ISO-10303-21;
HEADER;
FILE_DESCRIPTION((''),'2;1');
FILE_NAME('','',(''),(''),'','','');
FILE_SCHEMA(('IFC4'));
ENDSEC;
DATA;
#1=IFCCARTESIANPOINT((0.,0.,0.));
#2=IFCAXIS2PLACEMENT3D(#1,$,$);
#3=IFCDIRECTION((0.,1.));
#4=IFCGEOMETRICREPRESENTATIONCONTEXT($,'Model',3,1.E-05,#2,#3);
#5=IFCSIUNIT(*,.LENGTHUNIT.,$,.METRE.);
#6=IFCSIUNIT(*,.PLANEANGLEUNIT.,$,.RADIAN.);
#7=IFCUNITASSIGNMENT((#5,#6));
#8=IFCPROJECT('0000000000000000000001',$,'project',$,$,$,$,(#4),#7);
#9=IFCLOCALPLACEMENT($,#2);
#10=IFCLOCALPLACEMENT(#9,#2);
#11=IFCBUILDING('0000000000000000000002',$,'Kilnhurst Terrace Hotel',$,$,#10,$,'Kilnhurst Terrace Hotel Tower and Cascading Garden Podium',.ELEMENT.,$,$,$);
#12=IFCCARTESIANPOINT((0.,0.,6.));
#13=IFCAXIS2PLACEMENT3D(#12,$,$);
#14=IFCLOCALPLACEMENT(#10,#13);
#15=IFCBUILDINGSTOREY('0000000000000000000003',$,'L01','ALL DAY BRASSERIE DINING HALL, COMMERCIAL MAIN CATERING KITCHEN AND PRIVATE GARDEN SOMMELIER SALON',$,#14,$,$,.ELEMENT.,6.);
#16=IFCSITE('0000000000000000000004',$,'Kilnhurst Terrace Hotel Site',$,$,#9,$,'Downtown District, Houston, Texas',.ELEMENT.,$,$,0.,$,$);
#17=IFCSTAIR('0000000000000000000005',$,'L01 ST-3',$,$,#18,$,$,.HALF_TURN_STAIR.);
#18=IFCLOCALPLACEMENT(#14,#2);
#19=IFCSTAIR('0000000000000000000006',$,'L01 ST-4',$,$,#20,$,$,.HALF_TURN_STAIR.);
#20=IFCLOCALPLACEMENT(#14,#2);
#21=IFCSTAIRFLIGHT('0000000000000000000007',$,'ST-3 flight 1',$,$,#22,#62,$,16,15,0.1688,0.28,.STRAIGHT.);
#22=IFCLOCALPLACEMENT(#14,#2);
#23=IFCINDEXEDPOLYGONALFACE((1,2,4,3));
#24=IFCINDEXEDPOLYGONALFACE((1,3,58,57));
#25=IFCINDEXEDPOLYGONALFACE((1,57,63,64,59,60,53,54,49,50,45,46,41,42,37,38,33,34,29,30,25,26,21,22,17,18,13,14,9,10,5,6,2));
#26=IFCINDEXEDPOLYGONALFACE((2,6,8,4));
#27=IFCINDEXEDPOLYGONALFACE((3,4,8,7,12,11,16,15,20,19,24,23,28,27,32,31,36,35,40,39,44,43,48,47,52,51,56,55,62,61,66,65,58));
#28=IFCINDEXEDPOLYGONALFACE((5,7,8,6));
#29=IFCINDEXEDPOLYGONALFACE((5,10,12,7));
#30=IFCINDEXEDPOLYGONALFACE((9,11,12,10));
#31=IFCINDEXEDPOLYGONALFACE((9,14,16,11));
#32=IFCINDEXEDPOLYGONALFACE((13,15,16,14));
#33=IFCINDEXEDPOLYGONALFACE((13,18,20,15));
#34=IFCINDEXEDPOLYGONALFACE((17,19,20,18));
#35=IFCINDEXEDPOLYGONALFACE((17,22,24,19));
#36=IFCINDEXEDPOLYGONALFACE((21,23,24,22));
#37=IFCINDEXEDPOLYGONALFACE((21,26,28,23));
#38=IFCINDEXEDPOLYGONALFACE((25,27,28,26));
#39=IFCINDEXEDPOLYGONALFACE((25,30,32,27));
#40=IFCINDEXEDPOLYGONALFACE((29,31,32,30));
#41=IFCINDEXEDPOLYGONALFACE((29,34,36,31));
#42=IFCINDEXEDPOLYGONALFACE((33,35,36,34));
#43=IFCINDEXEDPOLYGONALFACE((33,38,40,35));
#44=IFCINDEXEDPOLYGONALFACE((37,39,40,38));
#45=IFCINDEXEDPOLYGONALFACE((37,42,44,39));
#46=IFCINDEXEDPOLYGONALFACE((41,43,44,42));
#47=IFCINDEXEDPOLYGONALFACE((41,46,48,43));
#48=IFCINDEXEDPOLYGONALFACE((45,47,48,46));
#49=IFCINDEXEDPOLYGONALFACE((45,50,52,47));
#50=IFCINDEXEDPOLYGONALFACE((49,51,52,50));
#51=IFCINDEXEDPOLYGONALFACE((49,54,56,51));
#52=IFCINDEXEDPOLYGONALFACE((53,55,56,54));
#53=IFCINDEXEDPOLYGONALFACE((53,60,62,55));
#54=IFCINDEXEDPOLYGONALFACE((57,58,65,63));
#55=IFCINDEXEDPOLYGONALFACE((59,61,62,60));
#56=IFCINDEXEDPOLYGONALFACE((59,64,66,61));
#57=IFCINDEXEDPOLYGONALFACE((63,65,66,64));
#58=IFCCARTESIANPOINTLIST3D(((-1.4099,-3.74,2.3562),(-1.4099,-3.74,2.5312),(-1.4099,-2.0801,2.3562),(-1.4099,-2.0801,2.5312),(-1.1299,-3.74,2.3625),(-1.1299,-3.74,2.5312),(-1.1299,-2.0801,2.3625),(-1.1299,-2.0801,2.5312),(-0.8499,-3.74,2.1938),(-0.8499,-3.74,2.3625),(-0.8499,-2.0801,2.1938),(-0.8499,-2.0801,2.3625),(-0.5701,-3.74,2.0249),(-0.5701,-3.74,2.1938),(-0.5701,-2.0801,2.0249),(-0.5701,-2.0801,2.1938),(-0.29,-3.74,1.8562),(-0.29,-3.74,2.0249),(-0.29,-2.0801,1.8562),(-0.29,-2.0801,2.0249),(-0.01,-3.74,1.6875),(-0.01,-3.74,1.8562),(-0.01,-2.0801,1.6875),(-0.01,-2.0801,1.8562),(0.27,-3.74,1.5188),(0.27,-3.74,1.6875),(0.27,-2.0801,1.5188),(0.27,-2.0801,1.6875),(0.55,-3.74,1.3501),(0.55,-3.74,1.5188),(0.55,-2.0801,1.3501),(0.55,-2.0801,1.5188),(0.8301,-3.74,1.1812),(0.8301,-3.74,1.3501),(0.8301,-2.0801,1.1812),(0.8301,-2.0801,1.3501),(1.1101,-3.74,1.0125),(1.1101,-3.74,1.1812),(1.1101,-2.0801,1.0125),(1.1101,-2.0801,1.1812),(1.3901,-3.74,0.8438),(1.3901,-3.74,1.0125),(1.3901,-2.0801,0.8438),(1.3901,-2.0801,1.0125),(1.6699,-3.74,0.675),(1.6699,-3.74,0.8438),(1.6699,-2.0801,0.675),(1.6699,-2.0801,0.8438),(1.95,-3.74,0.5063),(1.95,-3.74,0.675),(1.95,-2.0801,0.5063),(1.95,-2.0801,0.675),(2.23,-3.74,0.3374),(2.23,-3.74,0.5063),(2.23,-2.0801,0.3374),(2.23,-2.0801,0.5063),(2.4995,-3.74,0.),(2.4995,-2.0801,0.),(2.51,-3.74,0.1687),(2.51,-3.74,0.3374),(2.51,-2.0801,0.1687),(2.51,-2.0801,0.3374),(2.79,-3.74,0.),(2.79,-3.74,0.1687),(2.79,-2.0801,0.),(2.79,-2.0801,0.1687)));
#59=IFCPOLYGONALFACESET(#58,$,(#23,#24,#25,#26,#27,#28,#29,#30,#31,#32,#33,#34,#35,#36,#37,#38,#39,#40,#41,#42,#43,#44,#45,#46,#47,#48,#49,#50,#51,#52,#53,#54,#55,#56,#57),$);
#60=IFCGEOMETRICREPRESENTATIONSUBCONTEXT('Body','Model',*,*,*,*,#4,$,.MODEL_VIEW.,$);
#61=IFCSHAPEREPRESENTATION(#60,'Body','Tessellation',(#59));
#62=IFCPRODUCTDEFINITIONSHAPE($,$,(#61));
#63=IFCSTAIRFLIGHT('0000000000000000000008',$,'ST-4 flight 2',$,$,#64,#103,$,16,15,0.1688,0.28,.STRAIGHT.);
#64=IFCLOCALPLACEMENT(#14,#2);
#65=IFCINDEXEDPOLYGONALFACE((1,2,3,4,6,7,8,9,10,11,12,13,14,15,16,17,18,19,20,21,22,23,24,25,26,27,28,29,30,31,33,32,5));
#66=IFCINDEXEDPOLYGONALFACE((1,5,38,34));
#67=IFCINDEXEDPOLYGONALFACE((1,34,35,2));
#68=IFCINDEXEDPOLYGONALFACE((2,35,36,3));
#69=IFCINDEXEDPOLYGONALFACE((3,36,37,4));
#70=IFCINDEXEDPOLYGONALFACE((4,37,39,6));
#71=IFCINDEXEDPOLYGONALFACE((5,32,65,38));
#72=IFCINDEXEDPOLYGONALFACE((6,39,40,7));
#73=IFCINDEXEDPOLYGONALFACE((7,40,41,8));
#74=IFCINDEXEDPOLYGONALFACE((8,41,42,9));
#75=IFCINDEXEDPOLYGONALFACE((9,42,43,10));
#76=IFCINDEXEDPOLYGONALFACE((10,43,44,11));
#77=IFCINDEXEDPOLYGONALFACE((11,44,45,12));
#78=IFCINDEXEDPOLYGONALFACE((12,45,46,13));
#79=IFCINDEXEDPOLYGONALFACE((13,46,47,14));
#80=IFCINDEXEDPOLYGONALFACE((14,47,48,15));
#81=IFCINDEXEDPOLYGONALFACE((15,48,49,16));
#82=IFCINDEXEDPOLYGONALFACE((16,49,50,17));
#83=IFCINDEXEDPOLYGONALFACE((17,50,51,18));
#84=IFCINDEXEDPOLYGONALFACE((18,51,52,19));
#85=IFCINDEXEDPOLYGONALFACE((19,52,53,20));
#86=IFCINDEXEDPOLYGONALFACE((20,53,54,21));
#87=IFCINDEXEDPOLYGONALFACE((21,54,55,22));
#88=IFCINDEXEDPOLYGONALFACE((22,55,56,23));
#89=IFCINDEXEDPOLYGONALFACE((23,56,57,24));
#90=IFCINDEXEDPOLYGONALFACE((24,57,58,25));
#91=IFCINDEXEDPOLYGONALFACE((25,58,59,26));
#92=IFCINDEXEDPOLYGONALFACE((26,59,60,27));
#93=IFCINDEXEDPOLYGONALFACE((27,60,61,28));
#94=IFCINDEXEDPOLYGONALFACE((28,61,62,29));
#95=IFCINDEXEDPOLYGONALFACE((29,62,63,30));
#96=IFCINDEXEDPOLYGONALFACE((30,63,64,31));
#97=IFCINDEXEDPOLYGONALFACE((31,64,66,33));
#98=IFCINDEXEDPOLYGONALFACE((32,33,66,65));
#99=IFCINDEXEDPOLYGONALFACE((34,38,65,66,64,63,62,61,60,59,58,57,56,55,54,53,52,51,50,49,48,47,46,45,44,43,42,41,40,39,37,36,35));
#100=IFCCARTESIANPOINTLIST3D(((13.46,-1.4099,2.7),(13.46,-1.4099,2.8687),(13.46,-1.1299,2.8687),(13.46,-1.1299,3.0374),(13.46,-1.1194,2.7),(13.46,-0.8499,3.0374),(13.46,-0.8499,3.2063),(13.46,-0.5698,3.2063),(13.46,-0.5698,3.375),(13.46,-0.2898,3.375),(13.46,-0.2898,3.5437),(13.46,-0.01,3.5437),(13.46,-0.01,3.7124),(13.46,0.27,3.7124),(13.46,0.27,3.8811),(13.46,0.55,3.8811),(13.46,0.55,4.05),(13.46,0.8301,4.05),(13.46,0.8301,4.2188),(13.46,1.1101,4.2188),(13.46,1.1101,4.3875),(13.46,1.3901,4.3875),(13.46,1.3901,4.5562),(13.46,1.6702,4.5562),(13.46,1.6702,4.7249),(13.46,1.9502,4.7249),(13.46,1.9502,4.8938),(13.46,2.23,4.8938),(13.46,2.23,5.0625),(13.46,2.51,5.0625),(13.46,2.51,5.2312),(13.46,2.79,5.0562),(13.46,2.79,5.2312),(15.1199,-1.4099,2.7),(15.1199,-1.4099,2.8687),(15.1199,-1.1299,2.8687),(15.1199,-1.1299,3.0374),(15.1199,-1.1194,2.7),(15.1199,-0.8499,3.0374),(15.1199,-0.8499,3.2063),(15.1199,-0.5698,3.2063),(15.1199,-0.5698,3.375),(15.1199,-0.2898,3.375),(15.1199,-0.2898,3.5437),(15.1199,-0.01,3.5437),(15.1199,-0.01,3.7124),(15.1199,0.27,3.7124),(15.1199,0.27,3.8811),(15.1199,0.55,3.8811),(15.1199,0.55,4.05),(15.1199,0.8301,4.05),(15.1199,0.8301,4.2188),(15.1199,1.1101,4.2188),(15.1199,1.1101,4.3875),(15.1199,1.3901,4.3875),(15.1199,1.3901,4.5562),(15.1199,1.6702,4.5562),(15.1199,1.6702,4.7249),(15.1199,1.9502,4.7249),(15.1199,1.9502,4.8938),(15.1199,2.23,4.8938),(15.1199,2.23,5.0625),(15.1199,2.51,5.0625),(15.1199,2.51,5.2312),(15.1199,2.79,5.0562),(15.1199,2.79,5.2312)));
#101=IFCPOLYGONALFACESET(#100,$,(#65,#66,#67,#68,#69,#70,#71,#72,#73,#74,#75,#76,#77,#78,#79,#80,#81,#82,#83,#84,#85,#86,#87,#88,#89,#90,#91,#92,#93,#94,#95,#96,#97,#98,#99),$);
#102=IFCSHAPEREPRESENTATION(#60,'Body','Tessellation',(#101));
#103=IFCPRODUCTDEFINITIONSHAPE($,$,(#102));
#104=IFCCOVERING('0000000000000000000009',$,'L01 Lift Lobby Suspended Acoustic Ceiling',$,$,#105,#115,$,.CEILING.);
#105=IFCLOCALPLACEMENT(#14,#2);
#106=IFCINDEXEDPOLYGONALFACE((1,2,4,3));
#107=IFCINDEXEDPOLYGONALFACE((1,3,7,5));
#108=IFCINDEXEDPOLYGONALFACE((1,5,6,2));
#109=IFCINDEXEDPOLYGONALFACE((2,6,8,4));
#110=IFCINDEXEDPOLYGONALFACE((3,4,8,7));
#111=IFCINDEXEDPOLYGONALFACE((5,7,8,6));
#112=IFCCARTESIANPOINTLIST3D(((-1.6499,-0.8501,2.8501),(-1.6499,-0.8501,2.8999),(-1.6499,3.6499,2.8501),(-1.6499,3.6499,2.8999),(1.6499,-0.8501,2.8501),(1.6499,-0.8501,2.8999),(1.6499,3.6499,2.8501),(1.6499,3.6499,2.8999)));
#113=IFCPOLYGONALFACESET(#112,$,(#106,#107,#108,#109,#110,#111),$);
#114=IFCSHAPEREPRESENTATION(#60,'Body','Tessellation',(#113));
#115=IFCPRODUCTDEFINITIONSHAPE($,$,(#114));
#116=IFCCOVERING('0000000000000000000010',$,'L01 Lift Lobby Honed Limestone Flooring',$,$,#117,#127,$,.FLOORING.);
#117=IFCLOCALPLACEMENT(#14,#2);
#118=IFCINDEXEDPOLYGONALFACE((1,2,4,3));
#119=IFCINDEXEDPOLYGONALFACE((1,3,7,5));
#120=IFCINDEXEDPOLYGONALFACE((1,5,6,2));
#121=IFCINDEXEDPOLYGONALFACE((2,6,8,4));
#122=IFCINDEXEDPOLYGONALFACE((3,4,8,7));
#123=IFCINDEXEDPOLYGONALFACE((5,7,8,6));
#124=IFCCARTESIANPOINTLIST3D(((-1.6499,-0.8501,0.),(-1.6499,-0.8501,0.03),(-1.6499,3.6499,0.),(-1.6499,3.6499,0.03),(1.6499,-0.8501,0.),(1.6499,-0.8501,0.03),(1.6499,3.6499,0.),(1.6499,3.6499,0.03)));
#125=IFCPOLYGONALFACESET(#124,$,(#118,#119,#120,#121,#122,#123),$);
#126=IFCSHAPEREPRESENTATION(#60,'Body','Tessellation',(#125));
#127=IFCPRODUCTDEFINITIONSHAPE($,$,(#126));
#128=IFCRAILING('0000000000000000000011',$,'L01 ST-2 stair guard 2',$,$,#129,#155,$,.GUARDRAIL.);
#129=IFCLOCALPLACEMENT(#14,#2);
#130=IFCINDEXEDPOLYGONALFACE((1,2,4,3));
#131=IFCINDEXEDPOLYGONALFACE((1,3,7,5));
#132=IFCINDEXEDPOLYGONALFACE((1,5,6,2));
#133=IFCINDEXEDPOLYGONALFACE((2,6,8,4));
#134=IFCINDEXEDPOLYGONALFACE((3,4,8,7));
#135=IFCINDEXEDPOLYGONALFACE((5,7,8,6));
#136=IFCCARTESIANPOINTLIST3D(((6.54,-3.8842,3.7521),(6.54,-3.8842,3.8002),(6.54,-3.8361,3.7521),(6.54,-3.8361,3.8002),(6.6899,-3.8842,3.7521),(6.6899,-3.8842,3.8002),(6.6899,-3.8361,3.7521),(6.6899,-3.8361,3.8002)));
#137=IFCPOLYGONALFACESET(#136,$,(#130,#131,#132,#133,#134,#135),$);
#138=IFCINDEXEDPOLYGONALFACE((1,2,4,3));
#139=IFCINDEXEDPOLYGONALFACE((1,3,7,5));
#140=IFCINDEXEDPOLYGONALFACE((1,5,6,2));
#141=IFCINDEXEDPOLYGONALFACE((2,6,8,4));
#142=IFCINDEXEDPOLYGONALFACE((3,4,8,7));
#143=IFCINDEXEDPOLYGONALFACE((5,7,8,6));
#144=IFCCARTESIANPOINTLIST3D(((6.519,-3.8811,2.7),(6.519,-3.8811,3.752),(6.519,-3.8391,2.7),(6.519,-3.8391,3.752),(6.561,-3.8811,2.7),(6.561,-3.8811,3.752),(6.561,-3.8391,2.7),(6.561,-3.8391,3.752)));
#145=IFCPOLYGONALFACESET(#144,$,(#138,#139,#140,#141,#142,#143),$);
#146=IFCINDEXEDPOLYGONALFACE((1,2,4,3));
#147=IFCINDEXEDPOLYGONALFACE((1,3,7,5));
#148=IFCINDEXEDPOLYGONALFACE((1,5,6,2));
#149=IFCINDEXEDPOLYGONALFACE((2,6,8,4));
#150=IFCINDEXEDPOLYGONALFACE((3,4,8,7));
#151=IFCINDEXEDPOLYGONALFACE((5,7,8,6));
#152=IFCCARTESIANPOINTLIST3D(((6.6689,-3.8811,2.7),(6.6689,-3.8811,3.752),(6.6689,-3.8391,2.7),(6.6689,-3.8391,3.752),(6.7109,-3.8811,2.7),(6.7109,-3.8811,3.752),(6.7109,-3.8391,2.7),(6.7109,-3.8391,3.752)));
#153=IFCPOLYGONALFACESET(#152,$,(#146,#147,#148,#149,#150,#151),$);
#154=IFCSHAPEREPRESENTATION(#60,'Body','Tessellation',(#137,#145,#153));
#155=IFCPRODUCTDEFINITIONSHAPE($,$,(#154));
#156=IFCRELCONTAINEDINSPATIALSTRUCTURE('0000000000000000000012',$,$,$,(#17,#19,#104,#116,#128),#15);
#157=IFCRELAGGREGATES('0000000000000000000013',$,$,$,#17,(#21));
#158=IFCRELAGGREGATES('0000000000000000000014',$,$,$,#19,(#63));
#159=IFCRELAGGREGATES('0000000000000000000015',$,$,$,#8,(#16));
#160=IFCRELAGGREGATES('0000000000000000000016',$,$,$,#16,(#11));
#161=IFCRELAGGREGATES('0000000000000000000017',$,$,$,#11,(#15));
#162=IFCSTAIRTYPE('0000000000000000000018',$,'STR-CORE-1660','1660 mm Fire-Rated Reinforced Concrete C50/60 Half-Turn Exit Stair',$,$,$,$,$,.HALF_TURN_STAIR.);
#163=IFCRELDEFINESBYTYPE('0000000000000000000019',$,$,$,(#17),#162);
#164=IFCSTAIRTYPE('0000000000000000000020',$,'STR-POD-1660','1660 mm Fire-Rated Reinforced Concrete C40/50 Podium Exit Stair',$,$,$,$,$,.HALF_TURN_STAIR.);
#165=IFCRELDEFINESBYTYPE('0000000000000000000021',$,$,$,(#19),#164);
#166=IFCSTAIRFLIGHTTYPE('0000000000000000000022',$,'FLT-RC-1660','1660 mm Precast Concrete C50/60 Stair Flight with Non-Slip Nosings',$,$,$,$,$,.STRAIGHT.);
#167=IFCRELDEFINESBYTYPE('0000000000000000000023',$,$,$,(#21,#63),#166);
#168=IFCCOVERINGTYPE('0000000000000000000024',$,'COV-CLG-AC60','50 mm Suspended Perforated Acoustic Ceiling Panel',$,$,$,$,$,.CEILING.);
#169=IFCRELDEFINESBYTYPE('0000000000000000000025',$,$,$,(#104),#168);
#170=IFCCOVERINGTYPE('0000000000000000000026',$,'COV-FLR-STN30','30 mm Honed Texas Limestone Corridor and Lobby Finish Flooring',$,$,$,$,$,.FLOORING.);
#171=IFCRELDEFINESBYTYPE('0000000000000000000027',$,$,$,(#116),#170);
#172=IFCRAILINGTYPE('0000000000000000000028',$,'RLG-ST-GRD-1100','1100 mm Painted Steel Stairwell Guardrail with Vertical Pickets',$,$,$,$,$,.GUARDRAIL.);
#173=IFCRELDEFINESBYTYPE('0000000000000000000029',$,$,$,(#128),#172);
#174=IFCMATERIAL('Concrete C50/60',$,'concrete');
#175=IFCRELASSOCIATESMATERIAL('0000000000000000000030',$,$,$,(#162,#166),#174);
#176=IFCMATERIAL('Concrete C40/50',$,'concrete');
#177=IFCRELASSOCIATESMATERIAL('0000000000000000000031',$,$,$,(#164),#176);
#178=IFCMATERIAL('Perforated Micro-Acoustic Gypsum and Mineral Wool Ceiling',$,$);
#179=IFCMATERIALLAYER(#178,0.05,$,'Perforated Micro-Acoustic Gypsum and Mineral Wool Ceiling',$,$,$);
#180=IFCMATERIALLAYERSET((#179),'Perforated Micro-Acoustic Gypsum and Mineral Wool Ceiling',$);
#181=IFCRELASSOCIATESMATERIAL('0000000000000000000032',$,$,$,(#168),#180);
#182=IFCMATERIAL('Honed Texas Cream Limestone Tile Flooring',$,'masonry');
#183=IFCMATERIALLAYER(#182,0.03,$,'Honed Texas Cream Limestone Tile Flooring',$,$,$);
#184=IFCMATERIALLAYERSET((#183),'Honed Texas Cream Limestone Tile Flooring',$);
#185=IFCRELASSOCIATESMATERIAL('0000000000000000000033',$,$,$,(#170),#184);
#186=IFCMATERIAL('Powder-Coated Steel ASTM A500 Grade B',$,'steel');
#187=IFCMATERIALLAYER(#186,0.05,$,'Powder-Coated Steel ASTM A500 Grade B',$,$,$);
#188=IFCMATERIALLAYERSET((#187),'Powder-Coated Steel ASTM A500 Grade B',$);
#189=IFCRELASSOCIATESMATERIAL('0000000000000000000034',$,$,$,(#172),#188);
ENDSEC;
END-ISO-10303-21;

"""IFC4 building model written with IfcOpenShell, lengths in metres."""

from ifc_helpers import new_model, si_unit, direction, frame, origin, origin_2d, place, context, subcontext, project, spatial, polyline, rectangle, outline, extrude, material, layer, layer_set, type_object, element, aggregate, save


model = new_model("IFC4")

# Units and contexts
model_context = context("Model", 3, precision=1e-05, world=origin(), true_north=direction((0.0, 1.0)))
body_context = subcontext(model_context, "Body", "Model", "MODEL_VIEW")
ifc_project = project(units=[si_unit("LENGTHUNIT", "METRE"), si_unit("PLANEANGLEUNIT", "RADIAN")], contexts=[model_context])

# Site, building, storey
site_placement = place(None, origin())
site = spatial("IfcSite", under=ifc_project, at=site_placement, Name="Kilnhurst Terrace Hotel Site", LongName="Downtown District, Houston, Texas", CompositionType="ELEMENT", RefElevation=0.0)
building_placement = place(site_placement, origin())
building = spatial("IfcBuilding", under=site, at=building_placement, Name="Kilnhurst Terrace Hotel", LongName="Kilnhurst Terrace Hotel Tower and Cascading Garden Podium", CompositionType="ELEMENT")
storey_placement = place(building_placement, frame((0.0, 0.0, 6.0)))
storey = spatial("IfcBuildingStorey", under=building, at=storey_placement, Name="L01", Description="ALL DAY BRASSERIE DINING HALL, COMMERCIAL MAIN CATERING KITCHEN AND PRIVATE GARDEN SOMMELIER SALON", CompositionType="ELEMENT", Elevation=6.0)

# Shared definitions
ifc_material_1 = material(Name="Concrete C50/60", Category="concrete")

# Stairs
stair_type_1 = type_object("IfcStairType", Name="STR-CORE-1660", Description="1660 mm Fire-Rated Reinforced Concrete C50/60 Half-Turn Exit Stair", PredefinedType="HALF_TURN_STAIR", material=ifc_material_1)
stair_1_placement = place(storey_placement, origin())
stair_1 = element("IfcStair", 1, at=stair_1_placement, inside=storey, type_object=stair_type_1, Name="L01 ST-3", PredefinedType="HALF_TURN_STAIR")
ifc_material_2 = material(Name="Concrete C40/50", Category="concrete")
stair_type_2 = type_object("IfcStairType", Name="STR-POD-1660", Description="1660 mm Fire-Rated Reinforced Concrete C40/50 Podium Exit Stair", PredefinedType="HALF_TURN_STAIR", material=ifc_material_2)
stair_2_placement = place(storey_placement, origin())
stair_2 = element("IfcStair", 2, at=stair_2_placement, inside=storey, type_object=stair_type_2, Name="L01 ST-4", PredefinedType="HALF_TURN_STAIR")

# Stair flights
stair_flight_type = type_object("IfcStairFlightType", Name="FLT-RC-1660", Description="1660 mm Precast Concrete C50/60 Stair Flight with Non-Slip Nosings", PredefinedType="STRAIGHT", material=ifc_material_1)
stair_flight_1_placement = place(storey_placement, frame((2.79, -2.9099, 0.0), z_axis=(0.0, 0.0, 1.0), x_axis=(-1.0, 0.0, 0.0)))
stair_flight_1 = element("IfcStairFlight", 3, at=stair_flight_1_placement, type_object=stair_flight_type, Name="ST-3 flight 1", NumberOfRisers=16, NumberOfTreads=15, PredefinedType="STRAIGHT", RiserHeight=0.1688, TreadLength=0.28, context=body_context, shape_type="SweptSolid", body=[
    extrude(outline(polyline([(0.0, 0.0), (0.0, 0.1687), (0.28, 0.1687), (0.28, 0.3374), (0.5601, 0.3374), (0.5601, 0.5063), (0.8401, 0.5063), (0.8401, 0.675), (1.1201, 0.675), (1.1201, 0.8438), (1.3999, 0.8438), (1.3999, 1.0125), (1.6799, 1.0125), (1.6799, 1.1812), (1.96, 1.1812), (1.96, 1.3501), (2.24, 1.3501), (2.24, 1.5188), (2.52, 1.5188), (2.52, 1.6875), (2.8, 1.6875), (2.8, 1.8562), (3.0801, 1.8562), (3.0801, 2.0249), (3.3601, 2.0249), (3.3601, 2.1938), (3.6399, 2.1938), (3.6399, 2.3625), (3.9199, 2.3625), (3.9199, 2.5312), (4.2, 2.5312), (4.2, 2.7), (4.2, 2.3562), (0.2905, 0.0), (0.0, 0.0)])), frame((0.0, 0.8301, 0.0), z_axis=(0.0, -1.0, 0.0), x_axis=(1.0, 0.0, 0.0)), (0.0, 0.0, 1.0), 1.6599),
])
aggregate(stair_1, [stair_flight_1])
stair_flight_2_placement = place(storey_placement, frame((14.29, -1.4099, 2.7), z_axis=(0.0, 0.0, 1.0), x_axis=(0.0, 1.0, 0.0)))
stair_flight_2 = element("IfcStairFlight", 4, at=stair_flight_2_placement, type_object=stair_flight_type, Name="ST-4 flight 2", NumberOfRisers=16, NumberOfTreads=15, PredefinedType="STRAIGHT", RiserHeight=0.1688, TreadLength=0.28, context=body_context, shape_type="SweptSolid", body=[
    extrude(outline(polyline([(0.0, 0.0), (0.0, 0.1687), (0.28, 0.1687), (0.28, 0.3374), (0.5601, 0.3374), (0.5601, 0.5063), (0.8401, 0.5063), (0.8401, 0.675), (1.1201, 0.675), (1.1201, 0.8438), (1.3999, 0.8438), (1.3999, 1.0125), (1.6799, 1.0125), (1.6799, 1.1812), (1.96, 1.1812), (1.96, 1.3501), (2.24, 1.3501), (2.24, 1.5188), (2.52, 1.5188), (2.52, 1.6875), (2.8, 1.6875), (2.8, 1.8562), (3.0801, 1.8562), (3.0801, 2.0249), (3.3601, 2.0249), (3.3601, 2.1938), (3.6399, 2.1938), (3.6399, 2.3625), (3.9199, 2.3625), (3.9199, 2.5312), (4.2, 2.5312), (4.2, 2.7), (4.2, 2.3562), (0.2905, 0.0), (0.0, 0.0)])), frame((0.0, 0.8301, 0.0), z_axis=(0.0, -1.0, 0.0), x_axis=(1.0, 0.0, 0.0)), (0.0, 0.0, 1.0), 1.6599),
])
aggregate(stair_2, [stair_flight_2])

# Coverings
ifc_material_3 = material(Name="Perforated Micro-Acoustic Gypsum and Mineral Wool Ceiling")
ifc_layer_1 = layer(ifc_material_3, 0.05, Name="Perforated Micro-Acoustic Gypsum and Mineral Wool Ceiling")
ifc_layer_set_1 = layer_set([ifc_layer_1], Name="Perforated Micro-Acoustic Gypsum and Mineral Wool Ceiling")
covering_type_1 = type_object("IfcCoveringType", Name="COV-CLG-AC60", Description="50 mm Suspended Perforated Acoustic Ceiling Panel", PredefinedType="CEILING", material=ifc_layer_set_1)
covering_1_placement = place(storey_placement, frame((0.0, 0.0, 2.8501)))
element("IfcCovering", 5, at=covering_1_placement, inside=storey, type_object=covering_type_1, Name="L01 Lift Lobby Suspended Acoustic Ceiling", PredefinedType="CEILING", context=body_context, shape_type="SweptSolid", body=[
    extrude(outline(polyline([(-1.6499, -0.8501), (1.6499, -0.8501), (1.6499, 3.6499), (-1.6499, 3.6499), (-1.6499, -0.8501)])), origin(), (0.0, 0.0, 1.0), 0.0498),
])
ifc_material_4 = material(Name="Honed Texas Cream Limestone Tile Flooring", Category="masonry")
ifc_layer_2 = layer(ifc_material_4, 0.03, Name="Honed Texas Cream Limestone Tile Flooring")
ifc_layer_set_2 = layer_set([ifc_layer_2], Name="Honed Texas Cream Limestone Tile Flooring")
covering_type_2 = type_object("IfcCoveringType", Name="COV-FLR-STN30", Description="30 mm Honed Texas Limestone Corridor and Lobby Finish Flooring", PredefinedType="FLOORING", material=ifc_layer_set_2)
covering_2_placement = place(storey_placement, origin())
element("IfcCovering", 6, at=covering_2_placement, inside=storey, type_object=covering_type_2, Name="L01 Lift Lobby Honed Limestone Flooring", PredefinedType="FLOORING", context=body_context, shape_type="SweptSolid", body=[
    extrude(outline(polyline([(-1.6499, -0.8501), (1.6499, -0.8501), (1.6499, 3.6499), (-1.6499, 3.6499), (-1.6499, -0.8501)])), origin(), (0.0, 0.0, 1.0), 0.03),
])

# Railing
ifc_material_5 = material(Name="Powder-Coated Steel ASTM A500 Grade B", Category="steel")
ifc_layer_3 = layer(ifc_material_5, 0.05, Name="Powder-Coated Steel ASTM A500 Grade B")
ifc_layer_set_3 = layer_set([ifc_layer_3], Name="Powder-Coated Steel ASTM A500 Grade B")
railing_type_1 = type_object("IfcRailingType", Name="RLG-ST-GRD-1100", Description="1100 mm Painted Steel Stairwell Guardrail with Vertical Pickets", PredefinedType="GUARDRAIL", material=ifc_layer_set_3)
railing_1_placement = place(storey_placement, frame((6.54, -3.8601, 2.7)))
element("IfcRailing", 7, at=railing_1_placement, inside=storey, type_object=railing_type_1, Name="L01 ST-2 stair guard 2", PredefinedType="GUARDRAIL", context=body_context, shape_type="SweptSolid", body=[
    extrude(rectangle(XDim=0.0481, YDim=0.0481, at=origin_2d()), frame((0.0, 0.0, 1.0762), z_axis=(1.0, 0.0, 0.0), x_axis=(0.0, 1.0, 0.0)), (0.0, 0.0, 1.0), 0.1499),
    extrude(rectangle(XDim=0.042, YDim=0.042, at=origin_2d()), origin(), (0.0, 0.0, 1.0), 1.052),
    extrude(rectangle(XDim=0.042, YDim=0.042, at=origin_2d()), frame((0.1499, 0.0, 0.0)), (0.0, 0.0, 1.0), 1.052),
])

save(model, "model.ifc")
